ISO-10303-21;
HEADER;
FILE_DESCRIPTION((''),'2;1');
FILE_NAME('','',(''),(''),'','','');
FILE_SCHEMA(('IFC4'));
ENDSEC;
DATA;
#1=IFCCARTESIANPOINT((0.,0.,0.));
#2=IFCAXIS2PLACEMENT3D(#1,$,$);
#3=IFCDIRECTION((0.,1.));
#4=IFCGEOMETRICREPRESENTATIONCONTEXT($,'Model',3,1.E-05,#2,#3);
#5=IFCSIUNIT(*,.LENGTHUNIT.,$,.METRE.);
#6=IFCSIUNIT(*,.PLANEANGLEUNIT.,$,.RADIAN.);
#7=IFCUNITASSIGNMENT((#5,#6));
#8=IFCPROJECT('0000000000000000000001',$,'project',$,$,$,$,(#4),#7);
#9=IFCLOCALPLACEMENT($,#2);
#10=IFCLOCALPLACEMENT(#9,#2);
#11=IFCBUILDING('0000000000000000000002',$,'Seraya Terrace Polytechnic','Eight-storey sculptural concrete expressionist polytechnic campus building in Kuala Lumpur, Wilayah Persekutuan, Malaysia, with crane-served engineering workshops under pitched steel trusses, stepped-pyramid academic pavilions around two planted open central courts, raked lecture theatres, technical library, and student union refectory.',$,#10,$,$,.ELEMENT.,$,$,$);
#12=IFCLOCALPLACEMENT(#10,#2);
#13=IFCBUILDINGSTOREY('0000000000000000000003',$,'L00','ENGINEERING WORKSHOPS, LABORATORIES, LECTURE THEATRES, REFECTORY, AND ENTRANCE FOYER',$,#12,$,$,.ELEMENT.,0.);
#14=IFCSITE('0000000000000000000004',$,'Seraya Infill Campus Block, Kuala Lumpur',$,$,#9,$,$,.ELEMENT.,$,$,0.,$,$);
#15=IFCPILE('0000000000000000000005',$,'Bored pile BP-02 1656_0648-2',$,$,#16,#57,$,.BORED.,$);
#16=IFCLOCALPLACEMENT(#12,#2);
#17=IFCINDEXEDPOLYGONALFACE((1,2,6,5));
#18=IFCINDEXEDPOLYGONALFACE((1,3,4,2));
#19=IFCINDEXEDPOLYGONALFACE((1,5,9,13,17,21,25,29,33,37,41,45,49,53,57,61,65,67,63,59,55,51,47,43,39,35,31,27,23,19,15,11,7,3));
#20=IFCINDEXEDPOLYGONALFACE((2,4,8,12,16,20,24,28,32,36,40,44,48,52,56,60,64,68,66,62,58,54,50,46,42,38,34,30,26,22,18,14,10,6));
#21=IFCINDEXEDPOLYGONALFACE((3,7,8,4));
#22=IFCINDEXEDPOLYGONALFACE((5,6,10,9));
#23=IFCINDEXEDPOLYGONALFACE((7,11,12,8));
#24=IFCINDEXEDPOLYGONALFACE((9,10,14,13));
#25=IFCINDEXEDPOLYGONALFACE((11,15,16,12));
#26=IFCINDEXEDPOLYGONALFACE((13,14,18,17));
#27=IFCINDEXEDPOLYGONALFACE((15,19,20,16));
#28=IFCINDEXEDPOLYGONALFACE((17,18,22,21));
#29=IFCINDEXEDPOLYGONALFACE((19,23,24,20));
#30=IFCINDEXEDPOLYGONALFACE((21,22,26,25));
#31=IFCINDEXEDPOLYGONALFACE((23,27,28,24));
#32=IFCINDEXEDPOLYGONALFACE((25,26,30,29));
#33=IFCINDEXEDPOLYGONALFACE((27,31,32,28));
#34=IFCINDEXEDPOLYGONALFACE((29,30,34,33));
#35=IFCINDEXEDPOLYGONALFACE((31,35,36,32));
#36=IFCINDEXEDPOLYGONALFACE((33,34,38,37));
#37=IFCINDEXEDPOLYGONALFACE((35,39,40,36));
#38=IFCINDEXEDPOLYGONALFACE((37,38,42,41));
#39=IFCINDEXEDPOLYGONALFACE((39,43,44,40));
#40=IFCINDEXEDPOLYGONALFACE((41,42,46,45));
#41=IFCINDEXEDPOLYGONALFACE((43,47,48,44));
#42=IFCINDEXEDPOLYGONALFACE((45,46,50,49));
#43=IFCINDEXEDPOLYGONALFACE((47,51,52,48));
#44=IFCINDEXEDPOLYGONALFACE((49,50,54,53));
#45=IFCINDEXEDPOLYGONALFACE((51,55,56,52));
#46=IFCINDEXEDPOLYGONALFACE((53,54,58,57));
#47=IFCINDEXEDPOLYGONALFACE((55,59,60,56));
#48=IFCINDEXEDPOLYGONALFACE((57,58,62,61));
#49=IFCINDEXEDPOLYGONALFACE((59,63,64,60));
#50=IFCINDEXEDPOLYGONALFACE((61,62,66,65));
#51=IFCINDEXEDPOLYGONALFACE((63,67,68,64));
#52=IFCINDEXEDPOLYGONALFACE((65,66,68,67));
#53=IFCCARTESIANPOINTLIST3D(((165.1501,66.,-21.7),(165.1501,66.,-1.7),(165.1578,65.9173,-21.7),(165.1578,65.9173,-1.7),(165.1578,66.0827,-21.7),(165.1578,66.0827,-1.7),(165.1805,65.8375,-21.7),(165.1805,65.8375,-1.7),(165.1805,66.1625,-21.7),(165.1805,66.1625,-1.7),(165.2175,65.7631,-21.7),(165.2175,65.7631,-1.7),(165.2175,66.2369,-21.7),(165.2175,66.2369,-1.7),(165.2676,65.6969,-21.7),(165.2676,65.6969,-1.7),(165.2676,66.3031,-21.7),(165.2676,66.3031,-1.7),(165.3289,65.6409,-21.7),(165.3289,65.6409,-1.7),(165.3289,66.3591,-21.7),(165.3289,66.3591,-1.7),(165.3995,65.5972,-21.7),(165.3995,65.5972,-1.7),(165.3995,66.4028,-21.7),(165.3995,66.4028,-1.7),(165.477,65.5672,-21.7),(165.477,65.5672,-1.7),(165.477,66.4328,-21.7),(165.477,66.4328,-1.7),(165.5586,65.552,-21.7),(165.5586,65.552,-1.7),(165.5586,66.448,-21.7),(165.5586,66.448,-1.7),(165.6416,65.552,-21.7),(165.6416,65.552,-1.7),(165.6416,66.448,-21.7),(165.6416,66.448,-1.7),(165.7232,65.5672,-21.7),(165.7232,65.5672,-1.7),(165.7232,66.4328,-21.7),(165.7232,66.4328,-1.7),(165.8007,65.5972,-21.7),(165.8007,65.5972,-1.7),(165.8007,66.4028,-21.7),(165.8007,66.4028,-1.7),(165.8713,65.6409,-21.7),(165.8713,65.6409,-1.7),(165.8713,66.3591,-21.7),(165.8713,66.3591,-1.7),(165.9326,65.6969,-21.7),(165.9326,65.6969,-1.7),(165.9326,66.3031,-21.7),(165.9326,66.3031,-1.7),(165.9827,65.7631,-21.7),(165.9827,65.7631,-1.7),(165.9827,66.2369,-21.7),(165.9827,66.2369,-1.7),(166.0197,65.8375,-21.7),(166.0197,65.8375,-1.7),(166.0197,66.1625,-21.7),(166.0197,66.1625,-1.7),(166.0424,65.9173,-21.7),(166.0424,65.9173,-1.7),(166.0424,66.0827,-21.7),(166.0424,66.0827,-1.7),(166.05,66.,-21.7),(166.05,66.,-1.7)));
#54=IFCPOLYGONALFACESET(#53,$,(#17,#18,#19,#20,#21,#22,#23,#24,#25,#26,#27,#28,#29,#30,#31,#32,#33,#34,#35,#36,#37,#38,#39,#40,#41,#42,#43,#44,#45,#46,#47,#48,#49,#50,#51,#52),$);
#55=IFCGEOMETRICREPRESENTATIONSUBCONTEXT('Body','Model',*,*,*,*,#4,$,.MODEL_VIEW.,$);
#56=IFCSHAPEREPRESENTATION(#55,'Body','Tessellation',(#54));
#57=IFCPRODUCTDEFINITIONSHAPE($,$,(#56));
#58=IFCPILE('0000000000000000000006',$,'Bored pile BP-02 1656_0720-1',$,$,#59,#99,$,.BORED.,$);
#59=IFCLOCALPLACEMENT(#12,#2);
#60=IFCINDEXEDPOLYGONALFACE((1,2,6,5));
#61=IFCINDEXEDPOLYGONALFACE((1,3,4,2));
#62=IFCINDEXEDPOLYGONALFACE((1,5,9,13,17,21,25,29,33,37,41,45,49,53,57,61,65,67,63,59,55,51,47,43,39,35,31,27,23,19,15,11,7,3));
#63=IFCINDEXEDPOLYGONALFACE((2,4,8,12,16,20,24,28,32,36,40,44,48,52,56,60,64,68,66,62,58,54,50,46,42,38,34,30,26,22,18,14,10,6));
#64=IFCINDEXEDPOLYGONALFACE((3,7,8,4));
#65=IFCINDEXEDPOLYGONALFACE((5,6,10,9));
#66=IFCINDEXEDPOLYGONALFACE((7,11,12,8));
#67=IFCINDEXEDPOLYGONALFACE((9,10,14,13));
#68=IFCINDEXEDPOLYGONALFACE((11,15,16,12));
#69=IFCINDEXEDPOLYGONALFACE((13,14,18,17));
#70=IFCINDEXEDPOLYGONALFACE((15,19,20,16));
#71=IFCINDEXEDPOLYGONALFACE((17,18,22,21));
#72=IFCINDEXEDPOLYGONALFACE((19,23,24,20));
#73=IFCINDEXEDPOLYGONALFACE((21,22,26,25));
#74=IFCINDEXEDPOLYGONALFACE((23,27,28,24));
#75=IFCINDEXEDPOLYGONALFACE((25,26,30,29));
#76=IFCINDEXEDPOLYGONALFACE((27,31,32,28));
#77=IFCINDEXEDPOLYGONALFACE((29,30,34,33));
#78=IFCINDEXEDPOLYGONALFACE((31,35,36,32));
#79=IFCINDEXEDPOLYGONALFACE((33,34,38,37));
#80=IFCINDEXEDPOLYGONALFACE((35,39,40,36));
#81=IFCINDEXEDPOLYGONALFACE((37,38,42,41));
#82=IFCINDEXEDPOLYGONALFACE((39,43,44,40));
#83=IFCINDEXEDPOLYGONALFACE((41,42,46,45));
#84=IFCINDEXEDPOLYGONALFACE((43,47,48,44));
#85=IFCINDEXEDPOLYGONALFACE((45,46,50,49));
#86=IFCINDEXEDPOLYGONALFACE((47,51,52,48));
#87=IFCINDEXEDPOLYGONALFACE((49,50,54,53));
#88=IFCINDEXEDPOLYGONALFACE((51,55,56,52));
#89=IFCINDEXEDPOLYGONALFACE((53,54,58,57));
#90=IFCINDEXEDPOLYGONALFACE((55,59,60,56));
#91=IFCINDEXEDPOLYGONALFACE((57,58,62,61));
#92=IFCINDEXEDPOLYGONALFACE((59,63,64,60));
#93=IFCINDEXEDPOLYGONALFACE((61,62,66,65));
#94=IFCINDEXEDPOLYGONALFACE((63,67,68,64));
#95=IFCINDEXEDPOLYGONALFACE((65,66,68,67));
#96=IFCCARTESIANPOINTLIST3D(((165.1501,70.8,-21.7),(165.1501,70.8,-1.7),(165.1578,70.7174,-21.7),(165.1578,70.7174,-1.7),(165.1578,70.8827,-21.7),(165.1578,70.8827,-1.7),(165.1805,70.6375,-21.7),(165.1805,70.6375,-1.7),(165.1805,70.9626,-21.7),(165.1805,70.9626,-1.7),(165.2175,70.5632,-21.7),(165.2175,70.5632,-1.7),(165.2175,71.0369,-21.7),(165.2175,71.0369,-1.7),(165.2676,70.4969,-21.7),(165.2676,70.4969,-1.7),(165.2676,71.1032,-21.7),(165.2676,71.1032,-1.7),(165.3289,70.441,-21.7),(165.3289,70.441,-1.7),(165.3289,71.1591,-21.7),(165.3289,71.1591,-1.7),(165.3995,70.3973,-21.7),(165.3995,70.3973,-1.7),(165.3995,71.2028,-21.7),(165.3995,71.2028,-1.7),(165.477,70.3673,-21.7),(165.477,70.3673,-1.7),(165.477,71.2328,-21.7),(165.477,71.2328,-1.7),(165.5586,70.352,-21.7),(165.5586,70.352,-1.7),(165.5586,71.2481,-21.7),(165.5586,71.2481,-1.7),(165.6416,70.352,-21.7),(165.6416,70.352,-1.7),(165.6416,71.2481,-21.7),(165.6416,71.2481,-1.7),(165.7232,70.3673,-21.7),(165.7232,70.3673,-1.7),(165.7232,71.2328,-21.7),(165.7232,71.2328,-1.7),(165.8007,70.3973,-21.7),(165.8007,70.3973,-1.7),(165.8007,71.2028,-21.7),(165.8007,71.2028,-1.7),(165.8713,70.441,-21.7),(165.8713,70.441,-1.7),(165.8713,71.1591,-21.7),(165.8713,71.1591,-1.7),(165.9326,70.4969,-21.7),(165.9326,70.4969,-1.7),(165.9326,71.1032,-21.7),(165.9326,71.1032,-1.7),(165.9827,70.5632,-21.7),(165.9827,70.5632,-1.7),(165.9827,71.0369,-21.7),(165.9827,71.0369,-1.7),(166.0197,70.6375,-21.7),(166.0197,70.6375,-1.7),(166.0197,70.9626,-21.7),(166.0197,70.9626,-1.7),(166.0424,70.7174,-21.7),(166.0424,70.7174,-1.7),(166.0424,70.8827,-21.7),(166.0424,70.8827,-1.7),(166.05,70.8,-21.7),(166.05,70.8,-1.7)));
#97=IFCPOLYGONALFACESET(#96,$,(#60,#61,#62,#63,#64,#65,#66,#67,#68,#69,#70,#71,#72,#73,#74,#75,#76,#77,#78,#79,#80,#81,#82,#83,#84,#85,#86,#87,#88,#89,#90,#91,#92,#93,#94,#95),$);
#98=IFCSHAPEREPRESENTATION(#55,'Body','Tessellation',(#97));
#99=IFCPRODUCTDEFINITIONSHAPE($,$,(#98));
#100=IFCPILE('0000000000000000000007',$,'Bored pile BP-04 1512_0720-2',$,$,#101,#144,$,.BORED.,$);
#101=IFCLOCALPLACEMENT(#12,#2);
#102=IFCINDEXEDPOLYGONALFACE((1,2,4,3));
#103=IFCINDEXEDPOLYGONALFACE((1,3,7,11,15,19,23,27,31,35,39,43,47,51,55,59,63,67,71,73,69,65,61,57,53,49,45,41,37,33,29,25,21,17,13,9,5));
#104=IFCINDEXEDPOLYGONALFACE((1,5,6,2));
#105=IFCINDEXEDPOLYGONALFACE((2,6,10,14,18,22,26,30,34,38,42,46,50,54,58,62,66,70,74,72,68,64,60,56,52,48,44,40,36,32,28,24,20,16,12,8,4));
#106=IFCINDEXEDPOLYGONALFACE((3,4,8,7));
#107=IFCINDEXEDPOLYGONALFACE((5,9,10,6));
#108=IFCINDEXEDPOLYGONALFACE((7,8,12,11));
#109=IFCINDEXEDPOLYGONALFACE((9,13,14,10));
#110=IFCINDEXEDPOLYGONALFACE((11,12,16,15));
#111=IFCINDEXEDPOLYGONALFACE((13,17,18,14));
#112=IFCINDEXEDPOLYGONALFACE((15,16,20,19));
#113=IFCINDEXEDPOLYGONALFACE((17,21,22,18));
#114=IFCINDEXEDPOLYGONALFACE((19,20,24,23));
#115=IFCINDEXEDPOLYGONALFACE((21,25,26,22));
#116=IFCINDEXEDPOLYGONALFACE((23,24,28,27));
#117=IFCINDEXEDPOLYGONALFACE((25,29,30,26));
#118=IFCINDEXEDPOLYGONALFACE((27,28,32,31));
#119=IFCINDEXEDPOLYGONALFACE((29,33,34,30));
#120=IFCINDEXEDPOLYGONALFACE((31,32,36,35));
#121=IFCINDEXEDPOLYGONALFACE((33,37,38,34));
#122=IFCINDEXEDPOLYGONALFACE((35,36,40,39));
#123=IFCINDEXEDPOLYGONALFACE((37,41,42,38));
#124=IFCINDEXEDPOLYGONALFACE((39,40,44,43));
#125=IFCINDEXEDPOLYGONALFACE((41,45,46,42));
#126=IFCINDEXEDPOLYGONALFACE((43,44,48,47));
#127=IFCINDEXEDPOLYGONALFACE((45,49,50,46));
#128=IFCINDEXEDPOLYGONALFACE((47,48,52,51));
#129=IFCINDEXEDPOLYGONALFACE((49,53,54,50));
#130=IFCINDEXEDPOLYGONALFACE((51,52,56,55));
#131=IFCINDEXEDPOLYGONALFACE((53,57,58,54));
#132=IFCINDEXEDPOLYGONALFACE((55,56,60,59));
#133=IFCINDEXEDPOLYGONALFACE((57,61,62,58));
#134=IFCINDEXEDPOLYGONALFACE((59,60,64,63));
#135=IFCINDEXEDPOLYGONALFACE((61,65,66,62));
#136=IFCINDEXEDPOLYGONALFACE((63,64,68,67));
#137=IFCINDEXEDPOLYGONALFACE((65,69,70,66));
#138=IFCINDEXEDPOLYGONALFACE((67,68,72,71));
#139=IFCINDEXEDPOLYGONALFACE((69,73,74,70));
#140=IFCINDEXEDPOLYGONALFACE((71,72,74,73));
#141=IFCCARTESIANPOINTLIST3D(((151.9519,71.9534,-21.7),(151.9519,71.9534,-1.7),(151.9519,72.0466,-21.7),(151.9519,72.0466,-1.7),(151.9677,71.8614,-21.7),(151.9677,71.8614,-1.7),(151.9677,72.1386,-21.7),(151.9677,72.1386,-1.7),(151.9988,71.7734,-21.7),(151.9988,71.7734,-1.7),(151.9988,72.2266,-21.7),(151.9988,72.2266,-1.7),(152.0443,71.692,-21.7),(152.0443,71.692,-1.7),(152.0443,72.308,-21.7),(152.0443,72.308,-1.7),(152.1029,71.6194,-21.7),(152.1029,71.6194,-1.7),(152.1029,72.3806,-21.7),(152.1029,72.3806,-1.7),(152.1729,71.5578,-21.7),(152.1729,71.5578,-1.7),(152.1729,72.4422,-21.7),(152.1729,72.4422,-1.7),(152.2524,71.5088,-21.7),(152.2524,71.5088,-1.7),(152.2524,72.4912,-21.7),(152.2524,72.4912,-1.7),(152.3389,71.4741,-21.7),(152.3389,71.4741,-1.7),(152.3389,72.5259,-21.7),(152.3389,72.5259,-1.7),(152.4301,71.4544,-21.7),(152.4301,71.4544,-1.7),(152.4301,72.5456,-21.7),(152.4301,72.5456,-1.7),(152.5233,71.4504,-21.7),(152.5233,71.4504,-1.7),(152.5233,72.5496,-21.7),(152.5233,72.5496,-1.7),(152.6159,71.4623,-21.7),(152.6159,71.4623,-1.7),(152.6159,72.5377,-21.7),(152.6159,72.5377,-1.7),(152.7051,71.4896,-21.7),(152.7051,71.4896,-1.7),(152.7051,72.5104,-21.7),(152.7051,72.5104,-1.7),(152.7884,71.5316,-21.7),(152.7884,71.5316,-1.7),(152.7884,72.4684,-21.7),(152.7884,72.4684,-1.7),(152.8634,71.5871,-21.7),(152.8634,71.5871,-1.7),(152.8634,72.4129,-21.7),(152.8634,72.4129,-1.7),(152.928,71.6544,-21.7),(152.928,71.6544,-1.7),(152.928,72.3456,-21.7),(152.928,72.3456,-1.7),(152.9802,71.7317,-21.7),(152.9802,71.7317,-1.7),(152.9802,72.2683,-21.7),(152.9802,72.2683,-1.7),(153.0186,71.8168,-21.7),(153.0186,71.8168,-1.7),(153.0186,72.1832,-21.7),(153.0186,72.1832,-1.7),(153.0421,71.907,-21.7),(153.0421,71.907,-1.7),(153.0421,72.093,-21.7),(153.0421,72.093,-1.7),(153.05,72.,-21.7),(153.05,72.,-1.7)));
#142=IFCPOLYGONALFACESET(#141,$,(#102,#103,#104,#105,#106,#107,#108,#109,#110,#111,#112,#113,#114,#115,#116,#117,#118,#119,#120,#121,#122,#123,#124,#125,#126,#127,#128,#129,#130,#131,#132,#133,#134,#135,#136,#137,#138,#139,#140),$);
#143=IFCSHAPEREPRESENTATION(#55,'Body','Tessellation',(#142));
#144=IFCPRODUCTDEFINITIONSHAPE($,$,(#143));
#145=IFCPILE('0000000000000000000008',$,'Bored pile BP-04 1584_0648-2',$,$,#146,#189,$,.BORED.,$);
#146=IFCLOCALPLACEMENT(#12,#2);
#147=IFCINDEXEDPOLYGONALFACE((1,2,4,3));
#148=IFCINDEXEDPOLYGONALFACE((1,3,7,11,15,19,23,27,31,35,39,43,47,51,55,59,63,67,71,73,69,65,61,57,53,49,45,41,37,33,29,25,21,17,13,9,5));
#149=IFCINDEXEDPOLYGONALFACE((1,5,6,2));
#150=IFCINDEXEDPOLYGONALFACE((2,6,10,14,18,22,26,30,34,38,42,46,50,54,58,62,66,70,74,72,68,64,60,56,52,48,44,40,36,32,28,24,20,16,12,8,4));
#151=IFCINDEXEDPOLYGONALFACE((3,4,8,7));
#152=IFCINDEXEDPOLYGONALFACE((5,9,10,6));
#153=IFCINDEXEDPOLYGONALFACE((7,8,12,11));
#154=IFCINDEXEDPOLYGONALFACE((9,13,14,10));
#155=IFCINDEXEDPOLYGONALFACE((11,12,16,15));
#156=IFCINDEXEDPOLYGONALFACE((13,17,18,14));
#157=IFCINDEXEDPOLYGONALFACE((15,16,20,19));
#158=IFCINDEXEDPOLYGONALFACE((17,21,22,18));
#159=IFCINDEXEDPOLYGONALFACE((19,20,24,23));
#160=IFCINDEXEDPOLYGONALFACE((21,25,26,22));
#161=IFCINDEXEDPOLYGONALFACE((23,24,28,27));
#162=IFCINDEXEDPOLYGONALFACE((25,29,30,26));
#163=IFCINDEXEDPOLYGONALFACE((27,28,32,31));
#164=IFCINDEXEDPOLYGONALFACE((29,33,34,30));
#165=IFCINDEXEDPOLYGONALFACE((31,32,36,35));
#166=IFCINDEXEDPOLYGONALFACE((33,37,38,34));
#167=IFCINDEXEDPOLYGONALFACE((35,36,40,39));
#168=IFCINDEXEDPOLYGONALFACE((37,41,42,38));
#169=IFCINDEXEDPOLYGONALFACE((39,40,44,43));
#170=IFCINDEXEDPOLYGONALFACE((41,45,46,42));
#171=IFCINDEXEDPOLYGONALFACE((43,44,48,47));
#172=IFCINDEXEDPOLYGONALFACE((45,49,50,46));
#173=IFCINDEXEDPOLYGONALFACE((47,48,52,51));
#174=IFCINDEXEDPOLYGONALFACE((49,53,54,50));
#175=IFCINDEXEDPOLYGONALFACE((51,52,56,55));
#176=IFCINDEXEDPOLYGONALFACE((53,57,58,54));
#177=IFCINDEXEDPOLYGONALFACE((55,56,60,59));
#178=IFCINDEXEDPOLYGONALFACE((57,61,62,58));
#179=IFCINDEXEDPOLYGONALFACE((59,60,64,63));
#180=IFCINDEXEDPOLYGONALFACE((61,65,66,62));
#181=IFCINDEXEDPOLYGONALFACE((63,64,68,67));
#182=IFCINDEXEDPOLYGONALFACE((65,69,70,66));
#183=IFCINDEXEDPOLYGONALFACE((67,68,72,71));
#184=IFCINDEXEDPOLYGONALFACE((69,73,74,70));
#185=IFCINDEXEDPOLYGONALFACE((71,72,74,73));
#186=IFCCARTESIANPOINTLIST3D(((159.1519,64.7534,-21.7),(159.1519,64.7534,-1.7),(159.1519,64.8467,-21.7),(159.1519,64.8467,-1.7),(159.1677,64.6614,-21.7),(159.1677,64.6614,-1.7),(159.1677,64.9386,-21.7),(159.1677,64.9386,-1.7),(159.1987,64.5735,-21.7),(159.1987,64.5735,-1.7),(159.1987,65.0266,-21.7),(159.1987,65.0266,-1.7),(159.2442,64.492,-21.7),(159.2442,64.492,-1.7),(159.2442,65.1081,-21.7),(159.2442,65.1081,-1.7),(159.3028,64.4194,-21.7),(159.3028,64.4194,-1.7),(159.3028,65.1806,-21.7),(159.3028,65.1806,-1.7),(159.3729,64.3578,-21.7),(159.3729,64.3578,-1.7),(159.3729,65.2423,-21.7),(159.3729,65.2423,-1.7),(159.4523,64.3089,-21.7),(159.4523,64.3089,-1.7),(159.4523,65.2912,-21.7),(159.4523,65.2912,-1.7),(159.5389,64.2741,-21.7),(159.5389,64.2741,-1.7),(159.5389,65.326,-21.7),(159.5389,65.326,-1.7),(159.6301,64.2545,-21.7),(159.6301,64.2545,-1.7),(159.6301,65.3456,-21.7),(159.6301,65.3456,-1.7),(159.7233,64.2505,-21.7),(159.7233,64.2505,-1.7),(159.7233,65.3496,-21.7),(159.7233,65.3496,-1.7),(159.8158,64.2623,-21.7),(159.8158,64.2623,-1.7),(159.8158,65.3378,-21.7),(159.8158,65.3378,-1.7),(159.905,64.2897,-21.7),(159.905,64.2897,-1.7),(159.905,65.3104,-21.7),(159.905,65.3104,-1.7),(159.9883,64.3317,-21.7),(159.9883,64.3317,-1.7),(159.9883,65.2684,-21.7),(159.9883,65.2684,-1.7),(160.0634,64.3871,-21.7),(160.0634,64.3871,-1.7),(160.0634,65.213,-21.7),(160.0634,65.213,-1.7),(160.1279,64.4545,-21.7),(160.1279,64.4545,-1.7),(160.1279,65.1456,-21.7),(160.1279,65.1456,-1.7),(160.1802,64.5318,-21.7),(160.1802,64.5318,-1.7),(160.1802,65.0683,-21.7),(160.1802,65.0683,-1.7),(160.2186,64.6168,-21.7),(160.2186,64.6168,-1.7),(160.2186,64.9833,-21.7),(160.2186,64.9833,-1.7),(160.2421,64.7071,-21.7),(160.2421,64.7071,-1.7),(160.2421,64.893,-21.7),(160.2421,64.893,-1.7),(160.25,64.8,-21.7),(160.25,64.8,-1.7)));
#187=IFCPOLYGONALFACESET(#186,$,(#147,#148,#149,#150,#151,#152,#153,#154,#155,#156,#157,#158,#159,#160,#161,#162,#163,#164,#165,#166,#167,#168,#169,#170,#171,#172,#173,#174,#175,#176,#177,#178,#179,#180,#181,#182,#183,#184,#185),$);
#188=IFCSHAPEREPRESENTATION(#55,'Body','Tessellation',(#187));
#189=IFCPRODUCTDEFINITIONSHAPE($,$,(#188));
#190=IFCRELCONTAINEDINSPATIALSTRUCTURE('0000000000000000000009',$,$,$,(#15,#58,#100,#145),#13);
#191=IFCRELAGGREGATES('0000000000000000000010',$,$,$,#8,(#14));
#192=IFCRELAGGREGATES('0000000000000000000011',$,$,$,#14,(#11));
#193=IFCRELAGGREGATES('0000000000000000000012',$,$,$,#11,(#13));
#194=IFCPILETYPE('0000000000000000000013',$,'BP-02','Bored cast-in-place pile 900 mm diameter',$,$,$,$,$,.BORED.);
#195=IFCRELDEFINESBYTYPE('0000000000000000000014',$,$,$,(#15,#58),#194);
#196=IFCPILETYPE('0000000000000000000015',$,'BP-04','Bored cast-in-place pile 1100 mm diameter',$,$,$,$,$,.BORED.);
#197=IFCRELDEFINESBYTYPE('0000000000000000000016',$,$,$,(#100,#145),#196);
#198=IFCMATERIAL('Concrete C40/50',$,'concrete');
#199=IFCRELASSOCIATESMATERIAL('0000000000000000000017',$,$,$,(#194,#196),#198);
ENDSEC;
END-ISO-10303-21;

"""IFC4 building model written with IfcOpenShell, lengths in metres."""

from ifc_helpers import new_model, si_unit, direction, frame, origin, origin_2d, place, context, subcontext, project, spatial, circle, extrude, material, material_profile, profile_set, type_object, element, save


model = new_model("IFC4")

# Units and contexts
model_context = context("Model", 3, precision=1e-05, world=origin(), true_north=direction((0.0, 1.0)))
body_context = subcontext(model_context, "Body", "Model", "MODEL_VIEW")
ifc_project = project(units=[si_unit("LENGTHUNIT", "METRE"), si_unit("PLANEANGLEUNIT", "RADIAN")], contexts=[model_context])

# Site, building, storey
site_placement = place(None, origin())
site = spatial("IfcSite", under=ifc_project, at=site_placement, Name="Seraya Infill Campus Block, Kuala Lumpur", CompositionType="ELEMENT", RefElevation=0.0)
building_placement = place(site_placement, origin())
building = spatial("IfcBuilding", under=site, at=building_placement, Name="Seraya Terrace Polytechnic", Description="Eight-storey sculptural concrete expressionist polytechnic campus building in Kuala Lumpur, Wilayah Persekutuan, Malaysia, with crane-served engineering workshops under pitched steel trusses, stepped-pyramid academic pavilions around two planted open central courts, raked lecture theatres, technical library, and student union refectory.", CompositionType="ELEMENT")
storey_placement = place(building_placement, origin())
storey = spatial("IfcBuildingStorey", under=building, at=storey_placement, Name="L00", Description="ENGINEERING WORKSHOPS, LABORATORIES, LECTURE THEATRES, REFECTORY, AND ENTRANCE FOYER", CompositionType="ELEMENT", Elevation=0.0)

# Piles
ifc_material_1 = material(Name="Concrete C40/50", Category="concrete")
ifc_material_profile_1 = material_profile(ifc_material_1, circle(Radius=0.45, at=origin_2d()), Name="DIA 900")
ifc_profile_set_1 = profile_set([ifc_material_profile_1], Name="Concrete C40/50")
pile_type_1 = type_object("IfcPileType", Name="BP-02", Description="Bored cast-in-place pile 900 mm diameter", PredefinedType="BORED", material=ifc_profile_set_1)
for number, where, z_axis, x_axis, name in (
    (1, (165.6001, 66.0, -1.7), (0.0, 0.0, -1.0), (1.0, 0.0, 0.0), "Bored pile BP-02 1656_0648-2"),
    (2, (165.6001, 70.8, -1.7), (0.0, 0.0, -1.0), (1.0, 0.0, 0.0), "Bored pile BP-02 1656_0720-1"),
):
    element("IfcPile", number, at=place(storey_placement, frame(where, z_axis=z_axis, x_axis=x_axis)), inside=storey, type_object=pile_type_1, Name=name, PredefinedType="BORED", context=body_context, shape_type="SweptSolid", body=[
        extrude(circle(Radius=0.45, at=origin_2d()), origin(), (0.0, 0.0, 1.0), 20.0),
    ])
ifc_material_profile_2 = material_profile(ifc_material_1, circle(Radius=0.55, at=origin_2d()), Name="DIA 1100")
ifc_profile_set_2 = profile_set([ifc_material_profile_2], Name="Concrete C40/50")
pile_type_2 = type_object("IfcPileType", Name="BP-04", Description="Bored cast-in-place pile 1100 mm diameter", PredefinedType="BORED", material=ifc_profile_set_2)
for number, where, z_axis, x_axis, name in (
    (3, (152.5, 72.0, -1.7), (0.0, 0.0, -1.0), (1.0, 0.0, 0.0), "Bored pile BP-04 1512_0720-2"),
    (4, (159.7, 64.8, -1.7), (0.0, 0.0, -1.0), (1.0, 0.0, 0.0), "Bored pile BP-04 1584_0648-2"),
):
    element("IfcPile", number, at=place(storey_placement, frame(where, z_axis=z_axis, x_axis=x_axis)), inside=storey, type_object=pile_type_2, Name=name, PredefinedType="BORED", context=body_context, shape_type="SweptSolid", body=[
        extrude(circle(Radius=0.55, at=origin_2d()), origin(), (0.0, 0.0, 1.0), 20.0),
    ])

save(model, "model.ifc")
